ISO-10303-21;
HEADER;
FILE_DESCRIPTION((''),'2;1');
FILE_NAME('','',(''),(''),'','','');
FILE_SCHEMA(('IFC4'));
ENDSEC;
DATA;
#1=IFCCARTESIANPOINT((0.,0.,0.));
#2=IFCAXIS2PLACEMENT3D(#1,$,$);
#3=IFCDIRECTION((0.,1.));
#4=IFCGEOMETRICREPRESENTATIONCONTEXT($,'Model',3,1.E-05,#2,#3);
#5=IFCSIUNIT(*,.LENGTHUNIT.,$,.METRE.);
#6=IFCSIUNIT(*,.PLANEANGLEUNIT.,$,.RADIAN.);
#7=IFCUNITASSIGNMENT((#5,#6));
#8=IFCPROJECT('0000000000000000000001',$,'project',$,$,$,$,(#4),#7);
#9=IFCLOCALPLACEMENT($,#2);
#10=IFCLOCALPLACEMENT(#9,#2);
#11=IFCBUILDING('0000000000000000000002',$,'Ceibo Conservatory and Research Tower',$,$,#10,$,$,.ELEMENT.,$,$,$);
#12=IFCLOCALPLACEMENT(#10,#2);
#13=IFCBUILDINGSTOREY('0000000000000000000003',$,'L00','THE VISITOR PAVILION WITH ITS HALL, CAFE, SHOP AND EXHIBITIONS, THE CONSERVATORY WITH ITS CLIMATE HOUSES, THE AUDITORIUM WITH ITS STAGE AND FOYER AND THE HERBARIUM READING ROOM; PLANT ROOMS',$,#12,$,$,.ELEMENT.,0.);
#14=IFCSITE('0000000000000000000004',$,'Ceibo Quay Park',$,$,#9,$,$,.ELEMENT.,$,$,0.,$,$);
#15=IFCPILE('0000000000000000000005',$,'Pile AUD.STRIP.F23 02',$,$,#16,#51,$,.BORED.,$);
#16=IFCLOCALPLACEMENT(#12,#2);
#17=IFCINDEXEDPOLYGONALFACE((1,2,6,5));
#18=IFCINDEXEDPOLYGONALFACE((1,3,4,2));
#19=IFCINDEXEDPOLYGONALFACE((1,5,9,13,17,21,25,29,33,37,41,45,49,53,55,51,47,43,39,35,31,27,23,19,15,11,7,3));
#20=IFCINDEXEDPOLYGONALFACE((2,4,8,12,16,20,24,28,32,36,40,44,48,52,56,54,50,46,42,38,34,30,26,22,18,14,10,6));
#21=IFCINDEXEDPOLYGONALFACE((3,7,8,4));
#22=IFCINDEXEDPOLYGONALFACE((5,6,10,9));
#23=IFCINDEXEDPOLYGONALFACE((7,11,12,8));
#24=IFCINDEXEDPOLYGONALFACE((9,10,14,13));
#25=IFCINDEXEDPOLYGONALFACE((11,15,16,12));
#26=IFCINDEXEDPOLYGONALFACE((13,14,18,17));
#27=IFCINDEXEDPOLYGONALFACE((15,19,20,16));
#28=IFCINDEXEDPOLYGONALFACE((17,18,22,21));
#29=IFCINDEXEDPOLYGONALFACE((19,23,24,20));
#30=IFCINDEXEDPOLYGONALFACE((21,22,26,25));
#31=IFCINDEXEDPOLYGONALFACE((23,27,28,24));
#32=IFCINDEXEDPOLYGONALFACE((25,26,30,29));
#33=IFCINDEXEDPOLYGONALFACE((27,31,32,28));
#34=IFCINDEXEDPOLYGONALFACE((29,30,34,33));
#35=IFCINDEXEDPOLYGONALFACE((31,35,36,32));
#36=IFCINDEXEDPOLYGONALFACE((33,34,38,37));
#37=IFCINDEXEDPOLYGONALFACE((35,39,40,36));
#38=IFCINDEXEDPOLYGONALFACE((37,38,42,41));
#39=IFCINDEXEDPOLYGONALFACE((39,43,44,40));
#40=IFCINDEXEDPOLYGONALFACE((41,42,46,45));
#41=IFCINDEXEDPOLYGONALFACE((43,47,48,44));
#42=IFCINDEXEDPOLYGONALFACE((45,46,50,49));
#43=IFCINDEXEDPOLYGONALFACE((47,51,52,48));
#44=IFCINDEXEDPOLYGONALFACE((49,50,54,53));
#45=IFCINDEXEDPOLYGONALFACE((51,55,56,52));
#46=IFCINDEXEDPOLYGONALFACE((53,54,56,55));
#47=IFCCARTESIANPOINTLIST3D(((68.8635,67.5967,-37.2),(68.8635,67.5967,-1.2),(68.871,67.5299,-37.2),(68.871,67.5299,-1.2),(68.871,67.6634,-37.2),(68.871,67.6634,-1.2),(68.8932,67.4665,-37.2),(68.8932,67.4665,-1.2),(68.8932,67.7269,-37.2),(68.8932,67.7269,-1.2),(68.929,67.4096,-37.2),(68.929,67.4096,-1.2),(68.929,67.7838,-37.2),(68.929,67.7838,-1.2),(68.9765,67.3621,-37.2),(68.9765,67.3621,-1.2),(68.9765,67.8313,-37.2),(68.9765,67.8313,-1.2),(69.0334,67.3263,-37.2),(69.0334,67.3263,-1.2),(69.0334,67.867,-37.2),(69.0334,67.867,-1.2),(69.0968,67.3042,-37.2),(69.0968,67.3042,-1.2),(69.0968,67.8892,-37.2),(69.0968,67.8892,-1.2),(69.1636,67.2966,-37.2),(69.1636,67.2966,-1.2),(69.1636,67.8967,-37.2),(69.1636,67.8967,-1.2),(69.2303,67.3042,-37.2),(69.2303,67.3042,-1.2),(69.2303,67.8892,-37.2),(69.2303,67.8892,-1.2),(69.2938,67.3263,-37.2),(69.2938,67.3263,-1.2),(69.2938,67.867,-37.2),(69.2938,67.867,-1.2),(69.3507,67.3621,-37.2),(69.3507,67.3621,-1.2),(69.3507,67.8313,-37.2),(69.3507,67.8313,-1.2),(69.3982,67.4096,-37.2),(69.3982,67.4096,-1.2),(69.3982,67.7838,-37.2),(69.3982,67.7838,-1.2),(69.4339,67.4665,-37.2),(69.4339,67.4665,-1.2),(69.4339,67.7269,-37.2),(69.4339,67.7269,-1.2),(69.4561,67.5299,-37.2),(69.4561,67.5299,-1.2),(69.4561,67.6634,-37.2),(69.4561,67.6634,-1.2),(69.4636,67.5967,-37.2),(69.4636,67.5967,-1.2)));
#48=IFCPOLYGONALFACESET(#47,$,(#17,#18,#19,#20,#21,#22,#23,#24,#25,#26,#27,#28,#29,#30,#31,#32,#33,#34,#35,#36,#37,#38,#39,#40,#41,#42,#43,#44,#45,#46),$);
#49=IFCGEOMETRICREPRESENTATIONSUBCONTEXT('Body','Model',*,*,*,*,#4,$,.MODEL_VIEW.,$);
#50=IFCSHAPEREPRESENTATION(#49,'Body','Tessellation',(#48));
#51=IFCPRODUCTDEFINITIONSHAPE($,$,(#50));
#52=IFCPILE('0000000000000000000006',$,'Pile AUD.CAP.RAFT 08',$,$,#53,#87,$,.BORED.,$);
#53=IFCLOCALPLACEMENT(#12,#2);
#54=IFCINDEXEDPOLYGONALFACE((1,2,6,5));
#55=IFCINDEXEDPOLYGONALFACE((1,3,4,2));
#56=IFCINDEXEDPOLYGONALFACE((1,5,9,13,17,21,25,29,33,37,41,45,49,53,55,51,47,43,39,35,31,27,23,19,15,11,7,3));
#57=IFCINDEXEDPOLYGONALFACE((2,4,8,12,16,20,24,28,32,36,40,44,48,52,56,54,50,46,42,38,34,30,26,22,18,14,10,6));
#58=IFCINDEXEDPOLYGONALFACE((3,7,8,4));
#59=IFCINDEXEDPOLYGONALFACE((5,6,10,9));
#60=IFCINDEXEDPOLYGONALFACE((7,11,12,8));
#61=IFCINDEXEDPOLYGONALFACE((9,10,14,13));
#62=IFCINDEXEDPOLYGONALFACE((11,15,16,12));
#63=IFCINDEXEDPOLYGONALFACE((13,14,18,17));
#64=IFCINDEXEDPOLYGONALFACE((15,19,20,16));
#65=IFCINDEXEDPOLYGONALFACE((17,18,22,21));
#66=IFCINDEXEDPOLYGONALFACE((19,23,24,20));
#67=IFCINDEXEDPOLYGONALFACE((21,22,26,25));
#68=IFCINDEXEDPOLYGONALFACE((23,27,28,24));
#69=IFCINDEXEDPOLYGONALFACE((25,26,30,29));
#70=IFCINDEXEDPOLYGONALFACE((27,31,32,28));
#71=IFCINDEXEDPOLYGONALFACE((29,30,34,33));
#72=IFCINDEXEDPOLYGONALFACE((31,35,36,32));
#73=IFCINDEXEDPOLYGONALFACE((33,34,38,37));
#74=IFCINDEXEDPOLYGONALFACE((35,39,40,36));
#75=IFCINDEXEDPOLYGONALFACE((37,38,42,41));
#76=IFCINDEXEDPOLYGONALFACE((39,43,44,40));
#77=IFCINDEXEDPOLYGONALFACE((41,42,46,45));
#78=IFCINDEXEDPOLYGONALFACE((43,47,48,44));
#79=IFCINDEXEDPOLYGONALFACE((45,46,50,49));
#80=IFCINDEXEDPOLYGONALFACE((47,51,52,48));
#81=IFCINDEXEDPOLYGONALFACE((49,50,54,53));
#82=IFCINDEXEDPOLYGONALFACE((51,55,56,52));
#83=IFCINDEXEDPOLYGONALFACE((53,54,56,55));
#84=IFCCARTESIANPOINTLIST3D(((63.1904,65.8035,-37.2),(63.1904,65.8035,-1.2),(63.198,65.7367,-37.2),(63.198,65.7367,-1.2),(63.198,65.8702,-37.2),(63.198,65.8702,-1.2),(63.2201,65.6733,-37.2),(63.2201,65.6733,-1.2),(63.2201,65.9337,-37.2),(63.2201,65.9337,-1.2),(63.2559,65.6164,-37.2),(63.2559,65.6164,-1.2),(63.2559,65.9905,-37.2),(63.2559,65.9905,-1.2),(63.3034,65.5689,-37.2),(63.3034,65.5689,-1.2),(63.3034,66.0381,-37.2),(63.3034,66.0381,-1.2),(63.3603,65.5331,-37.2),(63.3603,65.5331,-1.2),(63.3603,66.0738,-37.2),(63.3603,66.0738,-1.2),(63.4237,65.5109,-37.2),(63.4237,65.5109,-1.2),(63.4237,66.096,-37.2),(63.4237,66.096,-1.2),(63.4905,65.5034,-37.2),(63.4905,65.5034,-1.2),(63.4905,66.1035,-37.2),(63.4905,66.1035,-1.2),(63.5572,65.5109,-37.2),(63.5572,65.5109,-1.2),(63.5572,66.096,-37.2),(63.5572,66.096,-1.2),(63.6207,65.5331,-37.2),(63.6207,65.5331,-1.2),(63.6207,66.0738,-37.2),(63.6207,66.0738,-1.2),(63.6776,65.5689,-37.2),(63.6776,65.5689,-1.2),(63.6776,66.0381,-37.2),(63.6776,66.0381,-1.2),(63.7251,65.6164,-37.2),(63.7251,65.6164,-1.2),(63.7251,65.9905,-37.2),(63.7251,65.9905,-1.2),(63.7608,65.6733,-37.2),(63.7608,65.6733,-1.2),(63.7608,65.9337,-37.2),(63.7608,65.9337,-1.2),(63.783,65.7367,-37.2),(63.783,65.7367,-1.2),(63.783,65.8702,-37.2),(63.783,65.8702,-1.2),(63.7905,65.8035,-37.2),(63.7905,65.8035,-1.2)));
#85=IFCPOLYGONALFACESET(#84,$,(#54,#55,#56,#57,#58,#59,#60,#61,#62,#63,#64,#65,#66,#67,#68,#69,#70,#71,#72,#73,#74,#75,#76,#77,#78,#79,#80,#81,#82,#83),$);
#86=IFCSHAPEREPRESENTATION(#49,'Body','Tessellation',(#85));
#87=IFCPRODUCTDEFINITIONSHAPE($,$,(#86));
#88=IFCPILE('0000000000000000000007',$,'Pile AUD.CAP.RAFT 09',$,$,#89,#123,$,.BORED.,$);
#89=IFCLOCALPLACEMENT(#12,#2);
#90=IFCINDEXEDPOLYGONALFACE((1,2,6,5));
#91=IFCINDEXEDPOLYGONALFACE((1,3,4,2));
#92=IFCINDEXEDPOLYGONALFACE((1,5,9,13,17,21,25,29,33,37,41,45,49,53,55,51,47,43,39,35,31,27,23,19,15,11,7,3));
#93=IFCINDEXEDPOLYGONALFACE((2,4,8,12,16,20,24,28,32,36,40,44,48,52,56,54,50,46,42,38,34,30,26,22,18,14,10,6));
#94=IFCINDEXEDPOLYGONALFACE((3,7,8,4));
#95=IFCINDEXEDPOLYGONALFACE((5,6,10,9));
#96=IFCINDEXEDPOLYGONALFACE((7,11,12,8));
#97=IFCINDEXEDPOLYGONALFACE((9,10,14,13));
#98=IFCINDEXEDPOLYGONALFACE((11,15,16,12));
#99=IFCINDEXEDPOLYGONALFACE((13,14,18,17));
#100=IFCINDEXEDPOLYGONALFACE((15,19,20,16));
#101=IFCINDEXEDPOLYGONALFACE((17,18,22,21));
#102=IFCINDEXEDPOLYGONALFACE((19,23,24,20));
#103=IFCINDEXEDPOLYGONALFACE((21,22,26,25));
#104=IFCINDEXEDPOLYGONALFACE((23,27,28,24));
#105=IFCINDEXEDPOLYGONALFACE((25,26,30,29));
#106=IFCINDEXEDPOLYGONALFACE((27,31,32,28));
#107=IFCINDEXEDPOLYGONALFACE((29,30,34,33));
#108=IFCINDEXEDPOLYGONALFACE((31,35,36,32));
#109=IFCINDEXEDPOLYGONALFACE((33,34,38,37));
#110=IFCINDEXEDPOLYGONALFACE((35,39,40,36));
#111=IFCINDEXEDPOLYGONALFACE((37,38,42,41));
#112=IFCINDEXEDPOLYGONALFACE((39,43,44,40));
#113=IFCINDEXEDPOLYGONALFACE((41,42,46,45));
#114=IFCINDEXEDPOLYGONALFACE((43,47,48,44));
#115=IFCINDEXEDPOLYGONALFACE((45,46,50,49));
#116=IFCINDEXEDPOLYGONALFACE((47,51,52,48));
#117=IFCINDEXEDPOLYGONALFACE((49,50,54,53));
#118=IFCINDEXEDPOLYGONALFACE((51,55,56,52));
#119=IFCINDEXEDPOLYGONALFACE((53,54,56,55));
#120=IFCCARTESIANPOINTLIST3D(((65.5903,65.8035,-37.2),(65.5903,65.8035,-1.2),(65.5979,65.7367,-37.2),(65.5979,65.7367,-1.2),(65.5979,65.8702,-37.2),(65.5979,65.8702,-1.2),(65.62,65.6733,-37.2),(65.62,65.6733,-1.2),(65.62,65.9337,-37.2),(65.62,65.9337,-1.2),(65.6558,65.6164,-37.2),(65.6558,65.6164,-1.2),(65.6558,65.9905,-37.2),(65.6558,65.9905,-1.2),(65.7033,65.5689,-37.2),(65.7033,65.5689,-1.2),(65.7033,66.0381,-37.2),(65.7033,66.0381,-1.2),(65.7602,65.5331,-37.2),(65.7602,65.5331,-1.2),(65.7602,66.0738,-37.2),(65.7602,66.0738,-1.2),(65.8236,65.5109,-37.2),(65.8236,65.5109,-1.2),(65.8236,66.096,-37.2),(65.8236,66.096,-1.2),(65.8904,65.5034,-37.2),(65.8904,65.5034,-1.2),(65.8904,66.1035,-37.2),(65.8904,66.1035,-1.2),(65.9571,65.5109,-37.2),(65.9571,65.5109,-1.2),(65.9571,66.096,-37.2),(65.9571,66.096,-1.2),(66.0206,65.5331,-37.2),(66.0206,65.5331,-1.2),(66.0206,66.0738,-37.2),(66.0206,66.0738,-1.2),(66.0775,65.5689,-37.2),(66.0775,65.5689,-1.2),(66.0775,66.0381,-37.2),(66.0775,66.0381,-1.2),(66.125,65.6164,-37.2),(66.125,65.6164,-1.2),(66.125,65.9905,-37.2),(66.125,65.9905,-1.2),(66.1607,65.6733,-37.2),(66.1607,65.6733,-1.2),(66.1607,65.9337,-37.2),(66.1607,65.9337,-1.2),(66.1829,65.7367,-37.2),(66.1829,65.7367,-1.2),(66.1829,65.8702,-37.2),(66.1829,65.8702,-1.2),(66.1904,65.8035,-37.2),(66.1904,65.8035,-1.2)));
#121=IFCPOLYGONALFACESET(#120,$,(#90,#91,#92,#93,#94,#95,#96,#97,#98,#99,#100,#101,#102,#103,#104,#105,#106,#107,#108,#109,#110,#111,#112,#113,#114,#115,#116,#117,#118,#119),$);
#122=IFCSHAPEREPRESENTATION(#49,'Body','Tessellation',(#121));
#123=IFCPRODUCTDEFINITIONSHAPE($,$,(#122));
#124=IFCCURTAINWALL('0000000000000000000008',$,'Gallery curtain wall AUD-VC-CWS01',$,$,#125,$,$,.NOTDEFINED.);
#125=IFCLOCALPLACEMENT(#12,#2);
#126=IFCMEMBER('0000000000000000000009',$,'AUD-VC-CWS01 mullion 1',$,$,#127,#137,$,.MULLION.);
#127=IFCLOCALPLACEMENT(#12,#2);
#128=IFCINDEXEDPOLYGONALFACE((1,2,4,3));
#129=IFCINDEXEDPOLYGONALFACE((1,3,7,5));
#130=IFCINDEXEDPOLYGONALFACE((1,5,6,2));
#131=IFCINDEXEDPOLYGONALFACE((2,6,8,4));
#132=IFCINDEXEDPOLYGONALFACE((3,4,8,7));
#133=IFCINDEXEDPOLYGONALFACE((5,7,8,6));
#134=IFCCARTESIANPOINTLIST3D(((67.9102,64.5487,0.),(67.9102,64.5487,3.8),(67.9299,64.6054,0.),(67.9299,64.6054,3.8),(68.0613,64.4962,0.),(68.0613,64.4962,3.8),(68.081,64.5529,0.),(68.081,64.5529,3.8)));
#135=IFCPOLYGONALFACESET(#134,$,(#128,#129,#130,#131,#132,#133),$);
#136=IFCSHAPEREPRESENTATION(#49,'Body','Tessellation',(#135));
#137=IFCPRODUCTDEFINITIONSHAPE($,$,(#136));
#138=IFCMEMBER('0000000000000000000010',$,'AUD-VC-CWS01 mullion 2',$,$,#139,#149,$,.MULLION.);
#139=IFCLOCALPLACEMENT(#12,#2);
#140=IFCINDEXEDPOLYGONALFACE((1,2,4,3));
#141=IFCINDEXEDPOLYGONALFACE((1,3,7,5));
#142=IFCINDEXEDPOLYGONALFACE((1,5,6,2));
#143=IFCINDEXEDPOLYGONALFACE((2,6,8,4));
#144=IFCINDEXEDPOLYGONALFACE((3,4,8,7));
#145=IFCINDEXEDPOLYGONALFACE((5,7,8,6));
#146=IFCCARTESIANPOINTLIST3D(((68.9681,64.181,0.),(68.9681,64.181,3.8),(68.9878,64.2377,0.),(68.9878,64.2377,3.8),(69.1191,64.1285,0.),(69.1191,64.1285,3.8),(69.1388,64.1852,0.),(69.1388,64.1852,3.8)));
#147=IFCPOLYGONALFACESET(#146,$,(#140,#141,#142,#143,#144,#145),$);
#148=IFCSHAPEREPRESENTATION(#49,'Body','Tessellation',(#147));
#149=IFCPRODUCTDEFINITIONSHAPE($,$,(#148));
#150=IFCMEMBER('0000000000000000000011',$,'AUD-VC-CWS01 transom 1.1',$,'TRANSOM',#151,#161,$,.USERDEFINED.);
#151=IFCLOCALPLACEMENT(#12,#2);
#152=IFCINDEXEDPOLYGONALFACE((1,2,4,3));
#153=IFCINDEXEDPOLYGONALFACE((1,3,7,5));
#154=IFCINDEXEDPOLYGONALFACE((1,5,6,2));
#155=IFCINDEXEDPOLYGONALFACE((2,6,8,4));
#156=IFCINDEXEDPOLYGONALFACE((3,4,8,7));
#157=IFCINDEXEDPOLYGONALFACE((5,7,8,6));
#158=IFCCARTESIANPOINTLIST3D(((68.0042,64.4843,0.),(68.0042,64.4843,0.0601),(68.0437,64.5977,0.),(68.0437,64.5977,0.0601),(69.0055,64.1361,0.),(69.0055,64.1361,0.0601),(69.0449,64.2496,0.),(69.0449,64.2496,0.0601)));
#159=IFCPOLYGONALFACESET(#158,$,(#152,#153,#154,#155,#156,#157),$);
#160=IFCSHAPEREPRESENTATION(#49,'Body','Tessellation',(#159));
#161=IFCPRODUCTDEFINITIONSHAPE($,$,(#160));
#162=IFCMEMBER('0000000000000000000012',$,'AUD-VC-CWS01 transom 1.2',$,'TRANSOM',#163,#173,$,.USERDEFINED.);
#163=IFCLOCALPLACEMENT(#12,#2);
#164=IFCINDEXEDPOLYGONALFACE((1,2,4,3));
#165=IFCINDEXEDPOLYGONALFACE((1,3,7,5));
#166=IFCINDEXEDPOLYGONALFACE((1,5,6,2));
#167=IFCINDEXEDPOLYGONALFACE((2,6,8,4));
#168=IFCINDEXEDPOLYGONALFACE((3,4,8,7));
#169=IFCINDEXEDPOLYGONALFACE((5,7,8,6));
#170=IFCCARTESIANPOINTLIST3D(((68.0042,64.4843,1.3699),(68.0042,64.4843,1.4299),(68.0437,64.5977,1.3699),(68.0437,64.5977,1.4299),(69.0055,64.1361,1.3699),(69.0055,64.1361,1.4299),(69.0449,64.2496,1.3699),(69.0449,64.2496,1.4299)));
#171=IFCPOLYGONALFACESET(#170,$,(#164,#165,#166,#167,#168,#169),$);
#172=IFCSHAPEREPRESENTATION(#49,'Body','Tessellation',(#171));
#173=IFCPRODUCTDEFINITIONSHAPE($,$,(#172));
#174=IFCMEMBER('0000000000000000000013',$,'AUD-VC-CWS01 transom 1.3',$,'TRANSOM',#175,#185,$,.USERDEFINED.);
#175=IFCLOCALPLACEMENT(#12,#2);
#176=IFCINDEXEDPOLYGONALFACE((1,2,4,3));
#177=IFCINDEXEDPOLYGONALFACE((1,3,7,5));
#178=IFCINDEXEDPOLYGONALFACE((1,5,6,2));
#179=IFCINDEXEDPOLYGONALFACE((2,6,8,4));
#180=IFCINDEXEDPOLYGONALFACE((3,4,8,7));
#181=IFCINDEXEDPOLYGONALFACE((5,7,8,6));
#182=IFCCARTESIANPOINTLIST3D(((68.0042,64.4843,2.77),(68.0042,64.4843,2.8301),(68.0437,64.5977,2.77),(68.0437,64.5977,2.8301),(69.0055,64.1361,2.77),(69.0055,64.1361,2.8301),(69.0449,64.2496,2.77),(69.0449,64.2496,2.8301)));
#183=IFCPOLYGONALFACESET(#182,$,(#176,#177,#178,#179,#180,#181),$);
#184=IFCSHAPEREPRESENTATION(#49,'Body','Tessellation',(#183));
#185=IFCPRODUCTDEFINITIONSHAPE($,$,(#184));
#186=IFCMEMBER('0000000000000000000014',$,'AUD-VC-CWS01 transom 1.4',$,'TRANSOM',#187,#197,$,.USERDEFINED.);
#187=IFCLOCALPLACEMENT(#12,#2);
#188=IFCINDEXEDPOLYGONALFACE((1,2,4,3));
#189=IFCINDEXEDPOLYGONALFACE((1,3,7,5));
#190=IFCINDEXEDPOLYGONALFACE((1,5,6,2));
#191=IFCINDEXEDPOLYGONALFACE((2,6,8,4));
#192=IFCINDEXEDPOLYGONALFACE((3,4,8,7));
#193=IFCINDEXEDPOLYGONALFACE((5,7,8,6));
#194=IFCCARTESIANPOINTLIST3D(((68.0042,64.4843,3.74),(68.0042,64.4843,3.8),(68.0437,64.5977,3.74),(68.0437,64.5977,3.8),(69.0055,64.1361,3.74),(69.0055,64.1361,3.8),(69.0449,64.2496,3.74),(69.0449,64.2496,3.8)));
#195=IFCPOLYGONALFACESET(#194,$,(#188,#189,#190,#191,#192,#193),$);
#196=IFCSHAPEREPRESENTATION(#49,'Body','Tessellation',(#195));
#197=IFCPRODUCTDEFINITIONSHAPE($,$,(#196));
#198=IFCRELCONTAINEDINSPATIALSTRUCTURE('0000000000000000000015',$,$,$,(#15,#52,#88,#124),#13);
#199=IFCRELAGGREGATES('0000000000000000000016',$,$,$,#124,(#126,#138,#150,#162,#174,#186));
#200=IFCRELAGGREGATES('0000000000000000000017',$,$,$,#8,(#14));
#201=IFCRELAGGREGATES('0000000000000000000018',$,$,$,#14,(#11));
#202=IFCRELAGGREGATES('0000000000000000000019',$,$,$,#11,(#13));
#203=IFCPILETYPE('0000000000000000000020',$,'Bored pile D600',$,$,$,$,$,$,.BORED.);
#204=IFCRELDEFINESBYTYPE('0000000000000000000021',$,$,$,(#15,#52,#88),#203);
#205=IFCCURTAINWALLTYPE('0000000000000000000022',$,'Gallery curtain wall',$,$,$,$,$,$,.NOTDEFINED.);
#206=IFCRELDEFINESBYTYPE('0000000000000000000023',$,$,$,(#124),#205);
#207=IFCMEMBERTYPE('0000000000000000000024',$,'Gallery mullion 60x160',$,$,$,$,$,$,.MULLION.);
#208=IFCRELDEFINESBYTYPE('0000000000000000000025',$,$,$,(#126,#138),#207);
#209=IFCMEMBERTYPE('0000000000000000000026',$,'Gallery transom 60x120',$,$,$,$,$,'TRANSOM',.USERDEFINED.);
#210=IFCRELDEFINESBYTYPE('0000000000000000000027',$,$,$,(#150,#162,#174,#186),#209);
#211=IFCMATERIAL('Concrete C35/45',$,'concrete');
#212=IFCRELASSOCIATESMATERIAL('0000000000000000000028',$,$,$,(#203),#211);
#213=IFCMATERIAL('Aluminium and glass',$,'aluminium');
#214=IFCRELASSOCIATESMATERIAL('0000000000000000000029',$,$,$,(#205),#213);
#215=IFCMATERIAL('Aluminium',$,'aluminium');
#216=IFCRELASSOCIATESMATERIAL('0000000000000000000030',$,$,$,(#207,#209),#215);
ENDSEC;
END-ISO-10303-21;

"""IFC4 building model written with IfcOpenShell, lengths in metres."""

from ifc_helpers import new_model, si_unit, direction, frame, origin, origin_2d, place, context, subcontext, project, spatial, rectangle, circle, extrude, material, material_profile, profile_set, type_object, element, aggregate, save


model = new_model("IFC4")

# Units and contexts
model_context = context("Model", 3, precision=1e-05, world=origin(), true_north=direction((0.0, 1.0)))
body_context = subcontext(model_context, "Body", "Model", "MODEL_VIEW")
ifc_project = project(units=[si_unit("LENGTHUNIT", "METRE"), si_unit("PLANEANGLEUNIT", "RADIAN")], contexts=[model_context])

# Site, building, storey
site_placement = place(None, origin())
site = spatial("IfcSite", under=ifc_project, at=site_placement, Name="Ceibo Quay Park", CompositionType="ELEMENT", RefElevation=0.0)
building_placement = place(site_placement, origin())
building = spatial("IfcBuilding", under=site, at=building_placement, Name="Ceibo Conservatory and Research Tower", CompositionType="ELEMENT")
storey_placement = place(building_placement, origin())
storey = spatial("IfcBuildingStorey", under=building, at=storey_placement, Name="L00", Description="THE VISITOR PAVILION WITH ITS HALL, CAFE, SHOP AND EXHIBITIONS, THE CONSERVATORY WITH ITS CLIMATE HOUSES, THE AUDITORIUM WITH ITS STAGE AND FOYER AND THE HERBARIUM READING ROOM; PLANT ROOMS", CompositionType="ELEMENT", Elevation=0.0)

# Piles
ifc_material_1 = material(Name="Concrete C35/45", Category="concrete")
ifc_material_profile_1 = material_profile(ifc_material_1, circle(Radius=0.3, at=origin_2d()), Name="RC D600")
ifc_profile_set_1 = profile_set([ifc_material_profile_1], Name="Concrete C35/45")
pile_type = type_object("IfcPileType", Name="Bored pile D600", PredefinedType="BORED", material=ifc_profile_set_1)
for number, where, z_axis, x_axis, name in (
    (1, (69.1636, 67.5967, -1.2), (0.0, 0.0, -1.0), (1.0, 0.0, 0.0), "Pile AUD.STRIP.F23 02"),
    (2, (63.4905, 65.8035, -1.2), (0.0, 0.0, -1.0), (1.0, 0.0, 0.0), "Pile AUD.CAP.RAFT 08"),
    (3, (65.8904, 65.8035, -1.2), (0.0, 0.0, -1.0), (1.0, 0.0, 0.0), "Pile AUD.CAP.RAFT 09"),
):
    element("IfcPile", number, at=place(storey_placement, frame(where, z_axis=z_axis, x_axis=x_axis)), inside=storey, type_object=pile_type, Name=name, PredefinedType="BORED", context=body_context, shape_type="SweptSolid", body=[
        extrude(circle(Radius=0.3, at=origin_2d()), origin(), (0.0, 0.0, 1.0), 36.0),
    ])

# Curtain wall, members
ifc_material_2 = material(Name="Aluminium and glass", Category="aluminium")
curtain_wall_type = type_object("IfcCurtainWallType", Name="Gallery curtain wall", PredefinedType="NOTDEFINED", material=ifc_material_2)
curtain_wall_placement = place(storey_placement, origin())
curtain_wall = element("IfcCurtainWall", 4, at=curtain_wall_placement, inside=storey, type_object=curtain_wall_type, Name="Gallery curtain wall AUD-VC-CWS01", PredefinedType="NOTDEFINED")
ifc_material_3 = material(Name="Aluminium", Category="aluminium")
ifc_material_profile_2 = material_profile(ifc_material_3, rectangle(XDim=0.0601, YDim=0.1599, at=origin_2d()), Name="AL 60x160")
ifc_profile_set_2 = profile_set([ifc_material_profile_2], Name="Aluminium")
member_type_1 = type_object("IfcMemberType", Name="Gallery mullion 60x160", PredefinedType="MULLION", material=ifc_profile_set_2)
member_1_placement = place(storey_placement, frame((67.9956, 64.5508, 0.0), z_axis=(0.0, 0.0, 1.0), x_axis=(0.328284, 0.944579, 0.0)))
member_1 = element("IfcMember", 5, at=member_1_placement, type_object=member_type_1, Name="AUD-VC-CWS01 mullion 1", PredefinedType="MULLION", context=body_context, shape_type="SweptSolid", body=[
    extrude(rectangle(XDim=0.0601, YDim=0.1599, at=origin_2d()), origin(), (0.0, 0.0, 1.0), 3.8),
])
member_2_placement = place(storey_placement, frame((69.0535, 64.1831, 0.0), z_axis=(0.0, 0.0, 1.0), x_axis=(0.328284, 0.944579, 0.0)))
member_2 = element("IfcMember", 6, at=member_2_placement, type_object=member_type_1, Name="AUD-VC-CWS01 mullion 2", PredefinedType="MULLION", context=body_context, shape_type="SweptSolid", body=[
    extrude(rectangle(XDim=0.0601, YDim=0.1599, at=origin_2d()), origin(), (0.0, 0.0, 1.0), 3.8),
])
ifc_material_profile_3 = material_profile(ifc_material_3, rectangle(XDim=0.1201, YDim=0.0601, at=origin_2d()), Name="AL 60x120")
ifc_profile_set_3 = profile_set([ifc_material_profile_3], Name="Aluminium")
member_type_2 = type_object("IfcMemberType", Name="Gallery transom 60x120", ElementType="TRANSOM", PredefinedType="USERDEFINED", material=ifc_profile_set_3)
member_3_placement = place(storey_placement, frame((68.0239, 64.541, 0.03), z_axis=(0.944528, -0.328431, 0.0), x_axis=(0.328431, 0.944528, 0.0)))
member_3 = element("IfcMember", 7, at=member_3_placement, type_object=member_type_2, Name="AUD-VC-CWS01 transom 1.1", ObjectType="TRANSOM", PredefinedType="USERDEFINED", context=body_context, shape_type="SweptSolid", body=[
    extrude(rectangle(XDim=0.1201, YDim=0.0601, at=origin_2d()), origin(), (0.0, 0.0, 1.0), 1.0601),
])
member_4_placement = place(storey_placement, frame((68.0239, 64.541, 1.3999), z_axis=(0.944528, -0.328431, 0.0), x_axis=(0.328431, 0.944528, 0.0)))
member_4 = element("IfcMember", 8, at=member_4_placement, type_object=member_type_2, Name="AUD-VC-CWS01 transom 1.2", ObjectType="TRANSOM", PredefinedType="USERDEFINED", context=body_context, shape_type="SweptSolid", body=[
    extrude(rectangle(XDim=0.1201, YDim=0.0601, at=origin_2d()), origin(), (0.0, 0.0, 1.0), 1.0601),
])
member_5_placement = place(storey_placement, frame((68.0239, 64.541, 2.8), z_axis=(0.944528, -0.328431, 0.0), x_axis=(0.328431, 0.944528, 0.0)))
member_5 = element("IfcMember", 9, at=member_5_placement, type_object=member_type_2, Name="AUD-VC-CWS01 transom 1.3", ObjectType="TRANSOM", PredefinedType="USERDEFINED", context=body_context, shape_type="SweptSolid", body=[
    extrude(rectangle(XDim=0.1201, YDim=0.0601, at=origin_2d()), origin(), (0.0, 0.0, 1.0), 1.0601),
])
member_6_placement = place(storey_placement, frame((68.0239, 64.541, 3.77), z_axis=(0.944528, -0.328431, 0.0), x_axis=(0.328431, 0.944528, 0.0)))
member_6 = element("IfcMember", 10, at=member_6_placement, type_object=member_type_2, Name="AUD-VC-CWS01 transom 1.4", ObjectType="TRANSOM", PredefinedType="USERDEFINED", context=body_context, shape_type="SweptSolid", body=[
    extrude(rectangle(XDim=0.1201, YDim=0.0601, at=origin_2d()), origin(), (0.0, 0.0, 1.0), 1.0601),
])

aggregate(curtain_wall, [member_1, member_2, member_3, member_4, member_5, member_6])

save(model, "model.ifc")
